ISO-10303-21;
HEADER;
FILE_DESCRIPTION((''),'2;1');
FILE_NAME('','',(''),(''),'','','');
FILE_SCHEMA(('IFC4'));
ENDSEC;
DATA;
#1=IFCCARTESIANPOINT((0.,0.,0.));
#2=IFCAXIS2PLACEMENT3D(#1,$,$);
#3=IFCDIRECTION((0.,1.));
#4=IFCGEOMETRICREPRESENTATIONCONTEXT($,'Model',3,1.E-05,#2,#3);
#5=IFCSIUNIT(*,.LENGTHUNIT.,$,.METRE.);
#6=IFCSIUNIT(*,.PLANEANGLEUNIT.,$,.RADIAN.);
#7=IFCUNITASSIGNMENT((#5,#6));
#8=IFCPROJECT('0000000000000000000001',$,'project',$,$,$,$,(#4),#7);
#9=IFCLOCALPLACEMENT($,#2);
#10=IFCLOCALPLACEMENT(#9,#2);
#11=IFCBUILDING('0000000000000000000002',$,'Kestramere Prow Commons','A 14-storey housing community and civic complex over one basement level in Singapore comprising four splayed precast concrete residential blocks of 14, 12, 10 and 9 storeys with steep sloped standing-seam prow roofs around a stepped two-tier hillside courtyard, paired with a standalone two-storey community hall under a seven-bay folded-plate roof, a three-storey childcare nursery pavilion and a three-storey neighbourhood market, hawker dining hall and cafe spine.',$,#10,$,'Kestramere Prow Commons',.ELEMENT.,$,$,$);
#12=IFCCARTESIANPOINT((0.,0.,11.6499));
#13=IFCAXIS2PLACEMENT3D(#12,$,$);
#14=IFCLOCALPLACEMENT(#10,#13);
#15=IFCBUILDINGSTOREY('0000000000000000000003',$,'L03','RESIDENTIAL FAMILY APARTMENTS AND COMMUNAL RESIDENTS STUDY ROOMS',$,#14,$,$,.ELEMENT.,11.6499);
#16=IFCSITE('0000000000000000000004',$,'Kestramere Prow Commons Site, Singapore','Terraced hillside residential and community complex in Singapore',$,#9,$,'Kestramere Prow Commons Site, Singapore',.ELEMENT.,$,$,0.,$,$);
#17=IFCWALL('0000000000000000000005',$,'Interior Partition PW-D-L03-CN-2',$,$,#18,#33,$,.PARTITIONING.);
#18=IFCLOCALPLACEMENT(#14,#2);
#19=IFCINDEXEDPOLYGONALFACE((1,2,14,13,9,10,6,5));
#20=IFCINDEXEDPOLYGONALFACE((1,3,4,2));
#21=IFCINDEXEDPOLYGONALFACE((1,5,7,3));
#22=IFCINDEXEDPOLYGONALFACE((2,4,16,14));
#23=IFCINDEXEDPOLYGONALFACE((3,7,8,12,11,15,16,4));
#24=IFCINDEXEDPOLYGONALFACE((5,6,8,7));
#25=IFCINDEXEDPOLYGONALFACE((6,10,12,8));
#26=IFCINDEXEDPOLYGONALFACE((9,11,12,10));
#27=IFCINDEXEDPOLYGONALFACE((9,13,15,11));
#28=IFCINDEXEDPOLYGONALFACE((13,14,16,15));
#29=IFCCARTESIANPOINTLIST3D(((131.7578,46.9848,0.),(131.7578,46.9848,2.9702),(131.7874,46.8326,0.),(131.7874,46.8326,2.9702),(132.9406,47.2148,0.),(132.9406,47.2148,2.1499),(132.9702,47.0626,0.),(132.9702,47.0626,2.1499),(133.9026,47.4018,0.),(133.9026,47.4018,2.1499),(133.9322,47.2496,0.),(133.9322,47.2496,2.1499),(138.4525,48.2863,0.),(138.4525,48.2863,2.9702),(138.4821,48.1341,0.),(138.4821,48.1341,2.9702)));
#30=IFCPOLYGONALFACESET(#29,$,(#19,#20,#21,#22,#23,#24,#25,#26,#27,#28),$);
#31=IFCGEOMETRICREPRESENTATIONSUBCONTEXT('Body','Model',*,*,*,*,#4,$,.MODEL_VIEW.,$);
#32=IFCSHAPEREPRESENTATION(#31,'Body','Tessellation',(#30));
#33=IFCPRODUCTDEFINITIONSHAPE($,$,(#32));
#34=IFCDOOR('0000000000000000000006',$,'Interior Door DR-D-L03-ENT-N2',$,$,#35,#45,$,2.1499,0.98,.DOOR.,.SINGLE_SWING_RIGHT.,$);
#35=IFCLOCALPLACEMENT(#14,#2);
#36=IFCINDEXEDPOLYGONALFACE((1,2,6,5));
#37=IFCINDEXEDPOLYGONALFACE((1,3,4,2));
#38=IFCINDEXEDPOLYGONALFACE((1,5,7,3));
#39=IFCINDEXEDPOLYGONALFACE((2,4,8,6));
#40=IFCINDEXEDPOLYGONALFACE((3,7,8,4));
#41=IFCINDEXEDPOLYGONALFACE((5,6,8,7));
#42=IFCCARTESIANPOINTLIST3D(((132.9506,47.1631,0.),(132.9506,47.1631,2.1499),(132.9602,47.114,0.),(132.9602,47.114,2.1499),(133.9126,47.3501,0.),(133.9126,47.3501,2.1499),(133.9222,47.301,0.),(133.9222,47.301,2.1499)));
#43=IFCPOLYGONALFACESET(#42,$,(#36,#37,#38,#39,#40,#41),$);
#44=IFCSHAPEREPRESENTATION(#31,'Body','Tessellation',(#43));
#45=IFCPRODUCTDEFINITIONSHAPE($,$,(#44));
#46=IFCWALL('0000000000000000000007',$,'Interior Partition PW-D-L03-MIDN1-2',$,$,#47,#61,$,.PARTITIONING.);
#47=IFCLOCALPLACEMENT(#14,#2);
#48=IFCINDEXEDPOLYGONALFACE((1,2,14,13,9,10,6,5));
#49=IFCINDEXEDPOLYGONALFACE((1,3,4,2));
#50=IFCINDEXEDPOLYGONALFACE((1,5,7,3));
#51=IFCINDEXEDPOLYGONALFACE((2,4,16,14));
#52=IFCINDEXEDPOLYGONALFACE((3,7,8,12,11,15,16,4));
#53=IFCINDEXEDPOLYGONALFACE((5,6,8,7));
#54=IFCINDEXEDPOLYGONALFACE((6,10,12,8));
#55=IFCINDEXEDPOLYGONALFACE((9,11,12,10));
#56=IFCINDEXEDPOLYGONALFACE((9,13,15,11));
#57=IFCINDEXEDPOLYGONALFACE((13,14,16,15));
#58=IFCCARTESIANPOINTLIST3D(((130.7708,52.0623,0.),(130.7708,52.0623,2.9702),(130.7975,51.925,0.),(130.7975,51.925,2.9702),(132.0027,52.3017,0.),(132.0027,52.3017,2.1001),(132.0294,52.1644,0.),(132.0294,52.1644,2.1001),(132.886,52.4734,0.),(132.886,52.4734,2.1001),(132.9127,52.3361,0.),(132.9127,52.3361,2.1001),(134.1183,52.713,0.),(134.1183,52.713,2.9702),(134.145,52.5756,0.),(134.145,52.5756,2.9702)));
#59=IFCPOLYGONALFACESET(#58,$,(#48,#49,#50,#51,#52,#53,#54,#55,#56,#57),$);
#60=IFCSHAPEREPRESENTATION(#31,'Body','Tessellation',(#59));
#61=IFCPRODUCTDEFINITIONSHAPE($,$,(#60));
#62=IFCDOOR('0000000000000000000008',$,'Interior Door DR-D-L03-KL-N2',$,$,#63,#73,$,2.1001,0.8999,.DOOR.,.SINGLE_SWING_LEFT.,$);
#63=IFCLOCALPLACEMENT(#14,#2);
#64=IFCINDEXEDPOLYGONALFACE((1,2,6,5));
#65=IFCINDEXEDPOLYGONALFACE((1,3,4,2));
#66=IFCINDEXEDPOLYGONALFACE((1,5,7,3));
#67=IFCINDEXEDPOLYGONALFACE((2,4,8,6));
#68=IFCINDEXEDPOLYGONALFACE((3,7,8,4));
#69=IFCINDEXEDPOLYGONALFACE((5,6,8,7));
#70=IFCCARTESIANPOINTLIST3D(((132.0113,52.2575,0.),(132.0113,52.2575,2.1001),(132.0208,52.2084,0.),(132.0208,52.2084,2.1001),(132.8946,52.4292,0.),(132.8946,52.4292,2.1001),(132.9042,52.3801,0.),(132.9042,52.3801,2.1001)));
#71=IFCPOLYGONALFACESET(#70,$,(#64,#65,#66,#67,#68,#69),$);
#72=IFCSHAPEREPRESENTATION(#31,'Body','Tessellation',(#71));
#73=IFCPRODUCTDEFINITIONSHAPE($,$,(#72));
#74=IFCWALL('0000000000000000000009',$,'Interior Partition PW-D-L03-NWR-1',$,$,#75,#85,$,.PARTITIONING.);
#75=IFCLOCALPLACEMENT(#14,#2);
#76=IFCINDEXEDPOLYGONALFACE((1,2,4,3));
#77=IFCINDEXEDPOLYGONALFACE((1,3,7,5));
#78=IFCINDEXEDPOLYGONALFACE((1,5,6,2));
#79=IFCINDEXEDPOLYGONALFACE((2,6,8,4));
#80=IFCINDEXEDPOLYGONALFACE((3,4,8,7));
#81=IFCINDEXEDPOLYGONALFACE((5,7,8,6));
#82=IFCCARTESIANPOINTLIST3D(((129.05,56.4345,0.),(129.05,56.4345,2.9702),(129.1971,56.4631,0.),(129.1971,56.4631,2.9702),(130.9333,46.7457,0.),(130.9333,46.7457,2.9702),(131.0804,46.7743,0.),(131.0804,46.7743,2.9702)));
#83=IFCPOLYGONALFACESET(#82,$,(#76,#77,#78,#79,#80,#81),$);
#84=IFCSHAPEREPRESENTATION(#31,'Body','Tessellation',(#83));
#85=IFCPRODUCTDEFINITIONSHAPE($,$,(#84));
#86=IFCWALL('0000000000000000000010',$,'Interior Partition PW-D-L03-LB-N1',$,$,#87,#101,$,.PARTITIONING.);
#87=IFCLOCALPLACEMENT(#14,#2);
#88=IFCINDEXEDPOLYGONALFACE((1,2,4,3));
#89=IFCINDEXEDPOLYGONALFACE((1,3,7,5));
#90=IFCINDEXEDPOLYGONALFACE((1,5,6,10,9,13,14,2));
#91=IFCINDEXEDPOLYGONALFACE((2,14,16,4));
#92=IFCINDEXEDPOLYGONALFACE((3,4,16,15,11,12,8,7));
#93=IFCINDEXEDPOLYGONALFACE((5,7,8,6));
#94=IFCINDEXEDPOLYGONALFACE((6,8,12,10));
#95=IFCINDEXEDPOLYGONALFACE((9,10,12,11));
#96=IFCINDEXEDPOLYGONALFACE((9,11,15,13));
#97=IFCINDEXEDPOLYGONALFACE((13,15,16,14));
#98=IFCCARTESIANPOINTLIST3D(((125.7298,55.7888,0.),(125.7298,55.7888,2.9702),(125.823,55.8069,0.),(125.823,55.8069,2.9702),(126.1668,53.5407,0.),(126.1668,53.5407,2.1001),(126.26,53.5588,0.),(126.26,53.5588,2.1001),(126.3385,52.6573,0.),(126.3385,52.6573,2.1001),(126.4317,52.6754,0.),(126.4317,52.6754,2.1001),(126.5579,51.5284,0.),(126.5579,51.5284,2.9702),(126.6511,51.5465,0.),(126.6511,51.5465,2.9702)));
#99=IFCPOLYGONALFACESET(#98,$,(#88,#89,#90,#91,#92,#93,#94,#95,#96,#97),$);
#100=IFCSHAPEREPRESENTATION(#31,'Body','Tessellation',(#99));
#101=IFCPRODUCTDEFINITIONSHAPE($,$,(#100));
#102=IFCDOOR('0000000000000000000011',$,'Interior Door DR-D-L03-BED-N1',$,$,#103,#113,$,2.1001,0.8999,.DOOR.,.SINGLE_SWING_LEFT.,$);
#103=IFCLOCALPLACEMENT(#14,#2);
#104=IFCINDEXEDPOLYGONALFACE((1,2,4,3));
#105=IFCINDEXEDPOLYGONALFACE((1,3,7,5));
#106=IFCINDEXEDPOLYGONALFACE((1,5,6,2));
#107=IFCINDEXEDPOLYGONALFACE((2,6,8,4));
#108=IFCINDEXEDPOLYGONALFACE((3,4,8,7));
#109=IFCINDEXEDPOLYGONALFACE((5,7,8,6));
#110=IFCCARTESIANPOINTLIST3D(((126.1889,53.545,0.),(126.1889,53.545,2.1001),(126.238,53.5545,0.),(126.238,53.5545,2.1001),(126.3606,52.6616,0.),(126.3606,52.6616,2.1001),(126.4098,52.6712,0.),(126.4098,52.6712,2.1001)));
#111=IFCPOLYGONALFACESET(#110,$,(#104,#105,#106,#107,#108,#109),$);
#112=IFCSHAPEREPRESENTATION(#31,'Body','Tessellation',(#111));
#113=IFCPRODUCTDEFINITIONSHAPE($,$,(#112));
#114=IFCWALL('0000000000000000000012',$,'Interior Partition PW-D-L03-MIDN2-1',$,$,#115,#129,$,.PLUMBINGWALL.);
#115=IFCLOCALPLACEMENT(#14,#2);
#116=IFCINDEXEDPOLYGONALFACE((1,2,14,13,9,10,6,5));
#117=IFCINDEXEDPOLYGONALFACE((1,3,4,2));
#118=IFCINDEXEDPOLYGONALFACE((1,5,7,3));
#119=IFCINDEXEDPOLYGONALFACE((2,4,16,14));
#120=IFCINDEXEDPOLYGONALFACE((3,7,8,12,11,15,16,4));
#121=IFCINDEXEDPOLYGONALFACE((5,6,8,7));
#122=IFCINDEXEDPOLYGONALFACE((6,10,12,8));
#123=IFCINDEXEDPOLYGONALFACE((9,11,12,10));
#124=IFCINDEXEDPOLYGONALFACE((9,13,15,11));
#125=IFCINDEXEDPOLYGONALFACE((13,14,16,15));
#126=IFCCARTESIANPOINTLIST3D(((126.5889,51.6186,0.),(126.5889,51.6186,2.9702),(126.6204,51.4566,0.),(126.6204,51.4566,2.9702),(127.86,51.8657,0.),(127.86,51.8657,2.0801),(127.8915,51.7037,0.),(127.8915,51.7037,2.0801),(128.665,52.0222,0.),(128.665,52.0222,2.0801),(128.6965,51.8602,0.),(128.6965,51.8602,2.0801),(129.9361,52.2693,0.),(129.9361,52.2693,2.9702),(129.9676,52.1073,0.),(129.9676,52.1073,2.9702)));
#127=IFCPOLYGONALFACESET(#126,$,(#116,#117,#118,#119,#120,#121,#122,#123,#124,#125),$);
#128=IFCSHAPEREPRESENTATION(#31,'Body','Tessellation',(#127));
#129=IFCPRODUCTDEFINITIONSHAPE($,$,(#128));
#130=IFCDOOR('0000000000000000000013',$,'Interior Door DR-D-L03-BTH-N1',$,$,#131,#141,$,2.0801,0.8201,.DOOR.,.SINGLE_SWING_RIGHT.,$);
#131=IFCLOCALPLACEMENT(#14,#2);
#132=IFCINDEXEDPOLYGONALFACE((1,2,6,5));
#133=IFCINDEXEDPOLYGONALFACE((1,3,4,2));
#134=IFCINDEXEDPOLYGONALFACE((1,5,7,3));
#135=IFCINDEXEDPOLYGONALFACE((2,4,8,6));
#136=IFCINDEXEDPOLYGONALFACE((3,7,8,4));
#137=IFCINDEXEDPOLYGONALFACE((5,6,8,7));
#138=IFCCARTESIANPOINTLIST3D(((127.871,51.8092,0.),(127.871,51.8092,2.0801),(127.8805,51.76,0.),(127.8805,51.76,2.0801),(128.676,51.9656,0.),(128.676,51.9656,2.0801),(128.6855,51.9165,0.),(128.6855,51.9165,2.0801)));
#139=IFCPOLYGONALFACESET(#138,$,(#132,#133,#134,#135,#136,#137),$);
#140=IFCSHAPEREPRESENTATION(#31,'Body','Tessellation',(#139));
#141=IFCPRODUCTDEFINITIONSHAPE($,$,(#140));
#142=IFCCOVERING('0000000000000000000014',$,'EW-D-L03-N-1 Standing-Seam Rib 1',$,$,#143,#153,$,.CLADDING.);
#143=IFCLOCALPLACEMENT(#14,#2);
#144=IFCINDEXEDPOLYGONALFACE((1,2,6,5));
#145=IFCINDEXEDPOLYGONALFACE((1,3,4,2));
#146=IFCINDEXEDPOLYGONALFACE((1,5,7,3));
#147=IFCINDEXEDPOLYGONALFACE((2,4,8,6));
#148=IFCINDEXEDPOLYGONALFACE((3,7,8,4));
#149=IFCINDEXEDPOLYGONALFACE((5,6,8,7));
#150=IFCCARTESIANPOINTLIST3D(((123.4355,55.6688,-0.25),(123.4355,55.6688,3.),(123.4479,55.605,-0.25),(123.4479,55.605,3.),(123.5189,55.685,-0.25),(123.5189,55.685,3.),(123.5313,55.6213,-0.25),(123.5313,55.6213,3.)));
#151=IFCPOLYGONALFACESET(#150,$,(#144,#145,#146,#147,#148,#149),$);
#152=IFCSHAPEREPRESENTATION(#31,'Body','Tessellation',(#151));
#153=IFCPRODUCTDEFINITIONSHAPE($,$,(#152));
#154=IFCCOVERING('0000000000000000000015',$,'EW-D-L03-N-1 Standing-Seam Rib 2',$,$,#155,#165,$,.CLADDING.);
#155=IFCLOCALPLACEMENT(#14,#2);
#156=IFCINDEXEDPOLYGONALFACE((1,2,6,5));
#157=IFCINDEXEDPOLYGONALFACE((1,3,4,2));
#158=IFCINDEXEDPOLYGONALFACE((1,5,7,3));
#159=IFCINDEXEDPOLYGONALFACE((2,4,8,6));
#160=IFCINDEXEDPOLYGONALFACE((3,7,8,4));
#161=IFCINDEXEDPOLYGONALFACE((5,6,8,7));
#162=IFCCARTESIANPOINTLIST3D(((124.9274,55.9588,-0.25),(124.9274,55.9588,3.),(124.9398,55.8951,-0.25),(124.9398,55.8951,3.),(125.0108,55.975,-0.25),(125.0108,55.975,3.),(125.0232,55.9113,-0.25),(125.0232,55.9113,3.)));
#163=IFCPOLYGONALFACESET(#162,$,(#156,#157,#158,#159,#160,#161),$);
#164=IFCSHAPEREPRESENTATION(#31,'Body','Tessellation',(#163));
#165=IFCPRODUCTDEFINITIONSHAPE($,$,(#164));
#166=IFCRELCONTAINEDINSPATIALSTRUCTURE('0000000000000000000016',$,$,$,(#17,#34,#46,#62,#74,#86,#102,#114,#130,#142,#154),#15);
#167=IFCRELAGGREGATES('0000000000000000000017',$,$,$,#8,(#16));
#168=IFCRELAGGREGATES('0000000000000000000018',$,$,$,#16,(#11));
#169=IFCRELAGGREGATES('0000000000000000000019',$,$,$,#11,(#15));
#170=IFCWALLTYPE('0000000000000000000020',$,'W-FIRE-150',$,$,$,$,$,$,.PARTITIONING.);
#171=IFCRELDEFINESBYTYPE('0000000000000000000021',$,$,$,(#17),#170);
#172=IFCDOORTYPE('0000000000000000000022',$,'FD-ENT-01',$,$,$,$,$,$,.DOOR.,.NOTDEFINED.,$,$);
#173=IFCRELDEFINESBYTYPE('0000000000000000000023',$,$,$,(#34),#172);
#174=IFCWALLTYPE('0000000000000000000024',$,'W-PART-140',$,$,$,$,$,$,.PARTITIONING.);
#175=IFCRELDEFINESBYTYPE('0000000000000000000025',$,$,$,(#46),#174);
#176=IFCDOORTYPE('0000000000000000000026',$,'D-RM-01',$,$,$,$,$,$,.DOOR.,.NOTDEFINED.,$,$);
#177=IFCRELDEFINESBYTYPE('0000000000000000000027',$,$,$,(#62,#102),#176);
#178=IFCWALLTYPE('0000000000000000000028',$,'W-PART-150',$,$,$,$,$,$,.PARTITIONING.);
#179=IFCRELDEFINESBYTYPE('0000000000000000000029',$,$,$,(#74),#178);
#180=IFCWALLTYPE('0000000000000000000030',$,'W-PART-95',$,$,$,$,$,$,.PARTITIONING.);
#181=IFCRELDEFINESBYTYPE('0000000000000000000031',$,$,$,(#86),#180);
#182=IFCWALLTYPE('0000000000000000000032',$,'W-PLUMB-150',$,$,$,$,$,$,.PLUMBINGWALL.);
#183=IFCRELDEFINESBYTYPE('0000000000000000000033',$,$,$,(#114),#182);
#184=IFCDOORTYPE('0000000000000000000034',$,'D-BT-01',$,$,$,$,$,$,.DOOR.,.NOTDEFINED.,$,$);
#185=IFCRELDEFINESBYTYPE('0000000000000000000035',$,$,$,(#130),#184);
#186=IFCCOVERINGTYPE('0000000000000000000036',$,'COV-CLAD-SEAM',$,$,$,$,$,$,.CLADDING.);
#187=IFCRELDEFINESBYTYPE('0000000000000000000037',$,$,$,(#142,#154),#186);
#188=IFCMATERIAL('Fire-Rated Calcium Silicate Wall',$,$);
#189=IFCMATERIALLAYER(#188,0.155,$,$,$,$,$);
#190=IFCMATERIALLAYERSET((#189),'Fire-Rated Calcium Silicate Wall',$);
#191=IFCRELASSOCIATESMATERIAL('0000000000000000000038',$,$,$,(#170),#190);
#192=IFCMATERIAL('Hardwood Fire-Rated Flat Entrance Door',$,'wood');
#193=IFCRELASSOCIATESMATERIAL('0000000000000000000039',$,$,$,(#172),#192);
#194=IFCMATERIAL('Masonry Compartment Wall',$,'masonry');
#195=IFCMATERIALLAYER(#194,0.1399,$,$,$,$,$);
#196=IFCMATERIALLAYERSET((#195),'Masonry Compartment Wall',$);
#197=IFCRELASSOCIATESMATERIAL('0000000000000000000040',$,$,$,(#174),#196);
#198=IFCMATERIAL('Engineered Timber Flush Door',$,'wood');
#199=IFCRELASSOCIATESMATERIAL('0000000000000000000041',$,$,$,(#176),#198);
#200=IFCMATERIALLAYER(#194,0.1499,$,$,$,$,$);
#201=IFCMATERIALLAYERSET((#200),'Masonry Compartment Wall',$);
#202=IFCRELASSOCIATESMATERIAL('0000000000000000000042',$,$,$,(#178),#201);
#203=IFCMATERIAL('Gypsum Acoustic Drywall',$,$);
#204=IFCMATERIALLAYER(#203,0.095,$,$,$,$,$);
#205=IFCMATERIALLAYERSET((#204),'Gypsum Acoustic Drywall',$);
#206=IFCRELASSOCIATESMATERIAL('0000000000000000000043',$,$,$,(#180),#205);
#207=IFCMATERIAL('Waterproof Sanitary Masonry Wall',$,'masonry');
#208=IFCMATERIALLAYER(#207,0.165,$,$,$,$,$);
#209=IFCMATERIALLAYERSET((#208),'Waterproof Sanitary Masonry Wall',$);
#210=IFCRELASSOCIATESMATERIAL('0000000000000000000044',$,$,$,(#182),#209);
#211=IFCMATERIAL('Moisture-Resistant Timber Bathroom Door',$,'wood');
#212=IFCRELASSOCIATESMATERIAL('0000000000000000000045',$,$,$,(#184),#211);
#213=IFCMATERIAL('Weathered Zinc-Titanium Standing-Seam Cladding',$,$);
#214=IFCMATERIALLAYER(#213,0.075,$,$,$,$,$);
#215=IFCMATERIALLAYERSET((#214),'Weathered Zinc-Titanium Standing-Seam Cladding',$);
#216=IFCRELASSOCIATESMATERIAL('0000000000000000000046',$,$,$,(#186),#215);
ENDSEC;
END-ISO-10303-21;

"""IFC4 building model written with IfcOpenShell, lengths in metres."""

from ifc_helpers import new_model, si_unit, direction, frame, frame_2d, origin, origin_2d, place, context, subcontext, project, spatial, rectangle, extrude, material, layer, layer_set, type_object, element, fill, save


model = new_model("IFC4")

# Units and contexts
model_context = context("Model", 3, precision=1e-05, world=origin(), true_north=direction((0.0, 1.0)))
body_context = subcontext(model_context, "Body", "Model", "MODEL_VIEW")
ifc_project = project(units=[si_unit("LENGTHUNIT", "METRE"), si_unit("PLANEANGLEUNIT", "RADIAN")], contexts=[model_context])

# Site, building, storey
site_placement = place(None, origin())
site = spatial("IfcSite", under=ifc_project, at=site_placement, Name="Kestramere Prow Commons Site, Singapore", Description="Terraced hillside residential and community complex in Singapore", LongName="Kestramere Prow Commons Site, Singapore", CompositionType="ELEMENT", RefElevation=0.0)
building_placement = place(site_placement, origin())
building = spatial("IfcBuilding", under=site, at=building_placement, Name="Kestramere Prow Commons", Description="A 14-storey housing community and civic complex over one basement level in Singapore comprising four splayed precast concrete residential blocks of 14, 12, 10 and 9 storeys with steep sloped standing-seam prow roofs around a stepped two-tier hillside courtyard, paired with a standalone two-storey community hall under a seven-bay folded-plate roof, a three-storey childcare nursery pavilion and a three-storey neighbourhood market, hawker dining hall and cafe spine.", LongName="Kestramere Prow Commons", CompositionType="ELEMENT")
storey_placement = place(building_placement, frame((0.0, 0.0, 11.6499)))
storey = spatial("IfcBuildingStorey", under=building, at=storey_placement, Name="L03", Description="RESIDENTIAL FAMILY APARTMENTS AND COMMUNAL RESIDENTS STUDY ROOMS", CompositionType="ELEMENT", Elevation=11.6499)

# Walls, openings, doors
ifc_material_1 = material(Name="Fire-Rated Calcium Silicate Wall")
ifc_layer_1 = layer(ifc_material_1, 0.155)
ifc_layer_set_1 = layer_set([ifc_layer_1], Name="Fire-Rated Calcium Silicate Wall")
wall_type_1 = type_object("IfcWallType", Name="W-FIRE-150", PredefinedType="PARTITIONING", material=ifc_layer_set_1)
wall_1_placement = place(storey_placement, frame((131.7725, 46.9087, 0.0), z_axis=(0.0, 0.0, 1.0), x_axis=(0.981622, 0.190833, 0.0)))
wall_1 = element("IfcWall", 1, at=wall_1_placement, inside=storey, type_object=wall_type_1, Name="Interior Partition PW-D-L03-CN-2", PredefinedType="PARTITIONING", context=body_context, shape_type="SweptSolid", body=[
    extrude(rectangle(XDim=6.8201, YDim=0.155, at=frame_2d((3.4102, 0.0))), origin(), (0.0, 0.0, 1.0), 2.9702),
])
opening_1_placement = place(wall_1_placement, frame((1.2051, 0.0, 0.0)))
opening_1 = element("IfcOpeningElement", 2, at=opening_1_placement, cuts=wall_1, PredefinedType="OPENING", context=body_context, shape_type="SweptSolid", body=[
    extrude(rectangle(XDim=0.98, YDim=2.1499, at=frame_2d((0.49, 1.075))), frame((0.0, 0.0925, 0.0), z_axis=(0.0, -1.0, 0.0), x_axis=(1.0, 0.0, 0.0)), (0.0, 0.0, 1.0), 0.1851),
])
ifc_material_2 = material(Name="Hardwood Fire-Rated Flat Entrance Door", Category="wood")
door_type_1 = type_object("IfcDoorType", Name="FD-ENT-01", OperationType="NOTDEFINED", PredefinedType="DOOR", material=ifc_material_2)
door_1_placement = place(opening_1_placement, origin())
door_1 = element("IfcDoor", 3, at=door_1_placement, inside=storey, type_object=door_type_1, Name="Interior Door DR-D-L03-ENT-N2", OperationType="SINGLE_SWING_RIGHT", OverallHeight=2.1499, OverallWidth=0.98, PredefinedType="DOOR", context=body_context, shape_type="SweptSolid", body=[
    extrude(rectangle(XDim=0.98, YDim=2.1499, at=frame_2d((0.49, 1.075))), frame((0.0, 0.0249, 0.0), z_axis=(0.0, -1.0, 0.0), x_axis=(1.0, 0.0, 0.0)), (0.0, 0.0, 1.0), 0.05),
])
fill(opening_1, door_1)
ifc_material_3 = material(Name="Masonry Compartment Wall", Category="masonry")
ifc_layer_2 = layer(ifc_material_3, 0.1399)
ifc_layer_set_2 = layer_set([ifc_layer_2], Name="Masonry Compartment Wall")
wall_type_2 = type_object("IfcWallType", Name="W-PART-140", PredefinedType="PARTITIONING", material=ifc_layer_set_2)
wall_2_placement = place(storey_placement, frame((130.7842, 51.9937, 0.0), z_axis=(0.0, 0.0, 1.0), x_axis=(0.981629, 0.190799, 0.0)))
wall_2 = element("IfcWall", 4, at=wall_2_placement, inside=storey, type_object=wall_type_2, Name="Interior Partition PW-D-L03-MIDN1-2", PredefinedType="PARTITIONING", context=body_context, shape_type="SweptSolid", body=[
    extrude(rectangle(XDim=3.4102, YDim=0.1399, at=frame_2d((1.7051, 0.0))), origin(), (0.0, 0.0, 1.0), 2.9702),
])
opening_2_placement = place(wall_2_placement, frame((1.2549, 0.0, 0.0)))
opening_2 = element("IfcOpeningElement", 5, at=opening_2_placement, cuts=wall_2, PredefinedType="OPENING", context=body_context, shape_type="SweptSolid", body=[
    extrude(rectangle(XDim=0.8999, YDim=2.1001, at=frame_2d((0.45, 1.05))), frame((0.0, 0.085, 0.0), z_axis=(0.0, -1.0, 0.0), x_axis=(1.0, 0.0, 0.0)), (0.0, 0.0, 1.0), 0.1699),
])
ifc_material_4 = material(Name="Engineered Timber Flush Door", Category="wood")
door_type_2 = type_object("IfcDoorType", Name="D-RM-01", OperationType="NOTDEFINED", PredefinedType="DOOR", material=ifc_material_4)
door_2_placement = place(opening_2_placement, origin())
door_2 = element("IfcDoor", 6, at=door_2_placement, inside=storey, type_object=door_type_2, Name="Interior Door DR-D-L03-KL-N2", OperationType="SINGLE_SWING_LEFT", OverallHeight=2.1001, OverallWidth=0.8999, PredefinedType="DOOR", context=body_context, shape_type="SweptSolid", body=[
    extrude(rectangle(XDim=0.8999, YDim=2.1001, at=frame_2d((0.45, 1.05))), frame((0.0, 0.0249, 0.0), z_axis=(0.0, -1.0, 0.0), x_axis=(1.0, 0.0, 0.0)), (0.0, 0.0, 1.0), 0.05),
])
fill(opening_2, door_2)

# Wall
ifc_layer_3 = layer(ifc_material_3, 0.1499)
ifc_layer_set_3 = layer_set([ifc_layer_3], Name="Masonry Compartment Wall")
wall_type_3 = type_object("IfcWallType", Name="W-PART-150", PredefinedType="PARTITIONING", material=ifc_layer_set_3)
wall_3_placement = place(storey_placement, frame((131.0068, 46.76, 0.0), z_axis=(0.0, 0.0, 1.0), x_axis=(-0.190809, 0.981627, 0.0)))
element("IfcWall", 7, at=wall_3_placement, inside=storey, type_object=wall_type_3, Name="Interior Partition PW-D-L03-NWR-1", PredefinedType="PARTITIONING", context=body_context, shape_type="SweptSolid", body=[
    extrude(rectangle(XDim=9.8701, YDim=0.1499, at=frame_2d((4.9351, 0.0))), origin(), (0.0, 0.0, 1.0), 2.9702),
])

# Walls, openings, doors
ifc_material_5 = material(Name="Gypsum Acoustic Drywall")
ifc_layer_4 = layer(ifc_material_5, 0.095)
ifc_layer_set_4 = layer_set([ifc_layer_4], Name="Gypsum Acoustic Drywall")
wall_type_4 = type_object("IfcWallType", Name="W-PART-95", PredefinedType="PARTITIONING", material=ifc_layer_set_4)
wall_4_placement = place(storey_placement, frame((126.6045, 51.5376, 0.0), z_axis=(0.0, 0.0, 1.0), x_axis=(-0.190812, 0.981627, 0.0)))
wall_4 = element("IfcWall", 8, at=wall_4_placement, inside=storey, type_object=wall_type_4, Name="Interior Partition PW-D-L03-LB-N1", PredefinedType="PARTITIONING", context=body_context, shape_type="SweptSolid", body=[
    extrude(rectangle(XDim=4.3401, YDim=0.095, at=frame_2d((2.1699, 0.0))), origin(), (0.0, 0.0, 1.0), 2.9702),
])
opening_3_placement = place(wall_4_placement, frame((1.1499, 0.0, 0.0)))
opening_3 = element("IfcOpeningElement", 9, at=opening_3_placement, cuts=wall_4, PredefinedType="OPENING", context=body_context, shape_type="SweptSolid", body=[
    extrude(rectangle(XDim=0.8999, YDim=2.1001, at=frame_2d((0.45, 1.05))), frame((0.0, 0.0625, 0.0), z_axis=(0.0, -1.0, 0.0), x_axis=(1.0, 0.0, 0.0)), (0.0, 0.0, 1.0), 0.125),
])
door_3_placement = place(opening_3_placement, origin())
door_3 = element("IfcDoor", 10, at=door_3_placement, inside=storey, type_object=door_type_2, Name="Interior Door DR-D-L03-BED-N1", OperationType="SINGLE_SWING_LEFT", OverallHeight=2.1001, OverallWidth=0.8999, PredefinedType="DOOR", context=body_context, shape_type="SweptSolid", body=[
    extrude(rectangle(XDim=0.8999, YDim=2.1001, at=frame_2d((0.45, 1.05))), frame((0.0, 0.0249, 0.0), z_axis=(0.0, -1.0, 0.0), x_axis=(1.0, 0.0, 0.0)), (0.0, 0.0, 1.0), 0.05),
])
fill(opening_3, door_3)
ifc_material_6 = material(Name="Waterproof Sanitary Masonry Wall", Category="masonry")
ifc_layer_5 = layer(ifc_material_6, 0.165)
ifc_layer_set_5 = layer_set([ifc_layer_5], Name="Waterproof Sanitary Masonry Wall")
wall_type_5 = type_object("IfcWallType", Name="W-PLUMB-150", PredefinedType="PLUMBINGWALL", material=ifc_layer_set_5)
wall_5_placement = place(storey_placement, frame((126.6045, 51.5376, 0.0), z_axis=(0.0, 0.0, 1.0), x_axis=(0.981627, 0.190812, 0.0)))
wall_5 = element("IfcWall", 11, at=wall_5_placement, inside=storey, type_object=wall_type_5, Name="Interior Partition PW-D-L03-MIDN2-1", PredefinedType="PLUMBINGWALL", context=body_context, shape_type="SweptSolid", body=[
    extrude(rectangle(XDim=3.4099, YDim=0.165, at=frame_2d((1.7051, 0.0))), origin(), (0.0, 0.0, 1.0), 2.9702),
])
opening_4_placement = place(wall_5_placement, frame((1.2949, 0.0, 0.0)))
opening_4 = element("IfcOpeningElement", 12, at=opening_4_placement, cuts=wall_5, PredefinedType="OPENING", context=body_context, shape_type="SweptSolid", body=[
    extrude(rectangle(XDim=0.8201, YDim=2.0801, at=frame_2d((0.4102, 1.04))), frame((0.0, 0.0974, 0.0), z_axis=(0.0, -1.0, 0.0), x_axis=(1.0, 0.0, 0.0)), (0.0, 0.0, 1.0), 0.1951),
])
ifc_material_7 = material(Name="Moisture-Resistant Timber Bathroom Door", Category="wood")
door_type_3 = type_object("IfcDoorType", Name="D-BT-01", OperationType="NOTDEFINED", PredefinedType="DOOR", material=ifc_material_7)
door_4_placement = place(opening_4_placement, origin())
door_4 = element("IfcDoor", 13, at=door_4_placement, inside=storey, type_object=door_type_3, Name="Interior Door DR-D-L03-BTH-N1", OperationType="SINGLE_SWING_RIGHT", OverallHeight=2.0801, OverallWidth=0.8201, PredefinedType="DOOR", context=body_context, shape_type="SweptSolid", body=[
    extrude(rectangle(XDim=0.8201, YDim=2.0801, at=frame_2d((0.4102, 1.04))), frame((0.0, 0.0249, 0.0), z_axis=(0.0, -1.0, 0.0), x_axis=(1.0, 0.0, 0.0)), (0.0, 0.0, 1.0), 0.05),
])
fill(opening_4, door_4)

# Coverings
ifc_material_8 = material(Name="Weathered Zinc-Titanium Standing-Seam Cladding")
ifc_layer_6 = layer(ifc_material_8, 0.075)
ifc_layer_set_6 = layer_set([ifc_layer_6], Name="Weathered Zinc-Titanium Standing-Seam Cladding")
covering_type = type_object("IfcCoveringType", Name="COV-CLAD-SEAM", PredefinedType="CLADDING", material=ifc_layer_set_6)
for number, where, z_axis, x_axis, name in (
    (14, (123.4834, 55.645, -0.25), (0.0, 0.0, 1.0), (0.981627, 0.190809, 0.0), "EW-D-L03-N-1 Standing-Seam Rib 1"),
    (15, (124.9753, 55.9351, -0.25), (0.0, 0.0, 1.0), (0.981627, 0.190809, 0.0), "EW-D-L03-N-1 Standing-Seam Rib 2"),
):
    element("IfcCovering", number, at=place(storey_placement, frame(where, z_axis=z_axis, x_axis=x_axis)), inside=storey, type_object=covering_type, Name=name, PredefinedType="CLADDING", context=body_context, shape_type="SweptSolid", body=[
        extrude(rectangle(XDim=0.085, YDim=0.0649, at=origin_2d()), origin(), (0.0, 0.0, 1.0), 3.25),
    ])

save(model, "model.ifc")
